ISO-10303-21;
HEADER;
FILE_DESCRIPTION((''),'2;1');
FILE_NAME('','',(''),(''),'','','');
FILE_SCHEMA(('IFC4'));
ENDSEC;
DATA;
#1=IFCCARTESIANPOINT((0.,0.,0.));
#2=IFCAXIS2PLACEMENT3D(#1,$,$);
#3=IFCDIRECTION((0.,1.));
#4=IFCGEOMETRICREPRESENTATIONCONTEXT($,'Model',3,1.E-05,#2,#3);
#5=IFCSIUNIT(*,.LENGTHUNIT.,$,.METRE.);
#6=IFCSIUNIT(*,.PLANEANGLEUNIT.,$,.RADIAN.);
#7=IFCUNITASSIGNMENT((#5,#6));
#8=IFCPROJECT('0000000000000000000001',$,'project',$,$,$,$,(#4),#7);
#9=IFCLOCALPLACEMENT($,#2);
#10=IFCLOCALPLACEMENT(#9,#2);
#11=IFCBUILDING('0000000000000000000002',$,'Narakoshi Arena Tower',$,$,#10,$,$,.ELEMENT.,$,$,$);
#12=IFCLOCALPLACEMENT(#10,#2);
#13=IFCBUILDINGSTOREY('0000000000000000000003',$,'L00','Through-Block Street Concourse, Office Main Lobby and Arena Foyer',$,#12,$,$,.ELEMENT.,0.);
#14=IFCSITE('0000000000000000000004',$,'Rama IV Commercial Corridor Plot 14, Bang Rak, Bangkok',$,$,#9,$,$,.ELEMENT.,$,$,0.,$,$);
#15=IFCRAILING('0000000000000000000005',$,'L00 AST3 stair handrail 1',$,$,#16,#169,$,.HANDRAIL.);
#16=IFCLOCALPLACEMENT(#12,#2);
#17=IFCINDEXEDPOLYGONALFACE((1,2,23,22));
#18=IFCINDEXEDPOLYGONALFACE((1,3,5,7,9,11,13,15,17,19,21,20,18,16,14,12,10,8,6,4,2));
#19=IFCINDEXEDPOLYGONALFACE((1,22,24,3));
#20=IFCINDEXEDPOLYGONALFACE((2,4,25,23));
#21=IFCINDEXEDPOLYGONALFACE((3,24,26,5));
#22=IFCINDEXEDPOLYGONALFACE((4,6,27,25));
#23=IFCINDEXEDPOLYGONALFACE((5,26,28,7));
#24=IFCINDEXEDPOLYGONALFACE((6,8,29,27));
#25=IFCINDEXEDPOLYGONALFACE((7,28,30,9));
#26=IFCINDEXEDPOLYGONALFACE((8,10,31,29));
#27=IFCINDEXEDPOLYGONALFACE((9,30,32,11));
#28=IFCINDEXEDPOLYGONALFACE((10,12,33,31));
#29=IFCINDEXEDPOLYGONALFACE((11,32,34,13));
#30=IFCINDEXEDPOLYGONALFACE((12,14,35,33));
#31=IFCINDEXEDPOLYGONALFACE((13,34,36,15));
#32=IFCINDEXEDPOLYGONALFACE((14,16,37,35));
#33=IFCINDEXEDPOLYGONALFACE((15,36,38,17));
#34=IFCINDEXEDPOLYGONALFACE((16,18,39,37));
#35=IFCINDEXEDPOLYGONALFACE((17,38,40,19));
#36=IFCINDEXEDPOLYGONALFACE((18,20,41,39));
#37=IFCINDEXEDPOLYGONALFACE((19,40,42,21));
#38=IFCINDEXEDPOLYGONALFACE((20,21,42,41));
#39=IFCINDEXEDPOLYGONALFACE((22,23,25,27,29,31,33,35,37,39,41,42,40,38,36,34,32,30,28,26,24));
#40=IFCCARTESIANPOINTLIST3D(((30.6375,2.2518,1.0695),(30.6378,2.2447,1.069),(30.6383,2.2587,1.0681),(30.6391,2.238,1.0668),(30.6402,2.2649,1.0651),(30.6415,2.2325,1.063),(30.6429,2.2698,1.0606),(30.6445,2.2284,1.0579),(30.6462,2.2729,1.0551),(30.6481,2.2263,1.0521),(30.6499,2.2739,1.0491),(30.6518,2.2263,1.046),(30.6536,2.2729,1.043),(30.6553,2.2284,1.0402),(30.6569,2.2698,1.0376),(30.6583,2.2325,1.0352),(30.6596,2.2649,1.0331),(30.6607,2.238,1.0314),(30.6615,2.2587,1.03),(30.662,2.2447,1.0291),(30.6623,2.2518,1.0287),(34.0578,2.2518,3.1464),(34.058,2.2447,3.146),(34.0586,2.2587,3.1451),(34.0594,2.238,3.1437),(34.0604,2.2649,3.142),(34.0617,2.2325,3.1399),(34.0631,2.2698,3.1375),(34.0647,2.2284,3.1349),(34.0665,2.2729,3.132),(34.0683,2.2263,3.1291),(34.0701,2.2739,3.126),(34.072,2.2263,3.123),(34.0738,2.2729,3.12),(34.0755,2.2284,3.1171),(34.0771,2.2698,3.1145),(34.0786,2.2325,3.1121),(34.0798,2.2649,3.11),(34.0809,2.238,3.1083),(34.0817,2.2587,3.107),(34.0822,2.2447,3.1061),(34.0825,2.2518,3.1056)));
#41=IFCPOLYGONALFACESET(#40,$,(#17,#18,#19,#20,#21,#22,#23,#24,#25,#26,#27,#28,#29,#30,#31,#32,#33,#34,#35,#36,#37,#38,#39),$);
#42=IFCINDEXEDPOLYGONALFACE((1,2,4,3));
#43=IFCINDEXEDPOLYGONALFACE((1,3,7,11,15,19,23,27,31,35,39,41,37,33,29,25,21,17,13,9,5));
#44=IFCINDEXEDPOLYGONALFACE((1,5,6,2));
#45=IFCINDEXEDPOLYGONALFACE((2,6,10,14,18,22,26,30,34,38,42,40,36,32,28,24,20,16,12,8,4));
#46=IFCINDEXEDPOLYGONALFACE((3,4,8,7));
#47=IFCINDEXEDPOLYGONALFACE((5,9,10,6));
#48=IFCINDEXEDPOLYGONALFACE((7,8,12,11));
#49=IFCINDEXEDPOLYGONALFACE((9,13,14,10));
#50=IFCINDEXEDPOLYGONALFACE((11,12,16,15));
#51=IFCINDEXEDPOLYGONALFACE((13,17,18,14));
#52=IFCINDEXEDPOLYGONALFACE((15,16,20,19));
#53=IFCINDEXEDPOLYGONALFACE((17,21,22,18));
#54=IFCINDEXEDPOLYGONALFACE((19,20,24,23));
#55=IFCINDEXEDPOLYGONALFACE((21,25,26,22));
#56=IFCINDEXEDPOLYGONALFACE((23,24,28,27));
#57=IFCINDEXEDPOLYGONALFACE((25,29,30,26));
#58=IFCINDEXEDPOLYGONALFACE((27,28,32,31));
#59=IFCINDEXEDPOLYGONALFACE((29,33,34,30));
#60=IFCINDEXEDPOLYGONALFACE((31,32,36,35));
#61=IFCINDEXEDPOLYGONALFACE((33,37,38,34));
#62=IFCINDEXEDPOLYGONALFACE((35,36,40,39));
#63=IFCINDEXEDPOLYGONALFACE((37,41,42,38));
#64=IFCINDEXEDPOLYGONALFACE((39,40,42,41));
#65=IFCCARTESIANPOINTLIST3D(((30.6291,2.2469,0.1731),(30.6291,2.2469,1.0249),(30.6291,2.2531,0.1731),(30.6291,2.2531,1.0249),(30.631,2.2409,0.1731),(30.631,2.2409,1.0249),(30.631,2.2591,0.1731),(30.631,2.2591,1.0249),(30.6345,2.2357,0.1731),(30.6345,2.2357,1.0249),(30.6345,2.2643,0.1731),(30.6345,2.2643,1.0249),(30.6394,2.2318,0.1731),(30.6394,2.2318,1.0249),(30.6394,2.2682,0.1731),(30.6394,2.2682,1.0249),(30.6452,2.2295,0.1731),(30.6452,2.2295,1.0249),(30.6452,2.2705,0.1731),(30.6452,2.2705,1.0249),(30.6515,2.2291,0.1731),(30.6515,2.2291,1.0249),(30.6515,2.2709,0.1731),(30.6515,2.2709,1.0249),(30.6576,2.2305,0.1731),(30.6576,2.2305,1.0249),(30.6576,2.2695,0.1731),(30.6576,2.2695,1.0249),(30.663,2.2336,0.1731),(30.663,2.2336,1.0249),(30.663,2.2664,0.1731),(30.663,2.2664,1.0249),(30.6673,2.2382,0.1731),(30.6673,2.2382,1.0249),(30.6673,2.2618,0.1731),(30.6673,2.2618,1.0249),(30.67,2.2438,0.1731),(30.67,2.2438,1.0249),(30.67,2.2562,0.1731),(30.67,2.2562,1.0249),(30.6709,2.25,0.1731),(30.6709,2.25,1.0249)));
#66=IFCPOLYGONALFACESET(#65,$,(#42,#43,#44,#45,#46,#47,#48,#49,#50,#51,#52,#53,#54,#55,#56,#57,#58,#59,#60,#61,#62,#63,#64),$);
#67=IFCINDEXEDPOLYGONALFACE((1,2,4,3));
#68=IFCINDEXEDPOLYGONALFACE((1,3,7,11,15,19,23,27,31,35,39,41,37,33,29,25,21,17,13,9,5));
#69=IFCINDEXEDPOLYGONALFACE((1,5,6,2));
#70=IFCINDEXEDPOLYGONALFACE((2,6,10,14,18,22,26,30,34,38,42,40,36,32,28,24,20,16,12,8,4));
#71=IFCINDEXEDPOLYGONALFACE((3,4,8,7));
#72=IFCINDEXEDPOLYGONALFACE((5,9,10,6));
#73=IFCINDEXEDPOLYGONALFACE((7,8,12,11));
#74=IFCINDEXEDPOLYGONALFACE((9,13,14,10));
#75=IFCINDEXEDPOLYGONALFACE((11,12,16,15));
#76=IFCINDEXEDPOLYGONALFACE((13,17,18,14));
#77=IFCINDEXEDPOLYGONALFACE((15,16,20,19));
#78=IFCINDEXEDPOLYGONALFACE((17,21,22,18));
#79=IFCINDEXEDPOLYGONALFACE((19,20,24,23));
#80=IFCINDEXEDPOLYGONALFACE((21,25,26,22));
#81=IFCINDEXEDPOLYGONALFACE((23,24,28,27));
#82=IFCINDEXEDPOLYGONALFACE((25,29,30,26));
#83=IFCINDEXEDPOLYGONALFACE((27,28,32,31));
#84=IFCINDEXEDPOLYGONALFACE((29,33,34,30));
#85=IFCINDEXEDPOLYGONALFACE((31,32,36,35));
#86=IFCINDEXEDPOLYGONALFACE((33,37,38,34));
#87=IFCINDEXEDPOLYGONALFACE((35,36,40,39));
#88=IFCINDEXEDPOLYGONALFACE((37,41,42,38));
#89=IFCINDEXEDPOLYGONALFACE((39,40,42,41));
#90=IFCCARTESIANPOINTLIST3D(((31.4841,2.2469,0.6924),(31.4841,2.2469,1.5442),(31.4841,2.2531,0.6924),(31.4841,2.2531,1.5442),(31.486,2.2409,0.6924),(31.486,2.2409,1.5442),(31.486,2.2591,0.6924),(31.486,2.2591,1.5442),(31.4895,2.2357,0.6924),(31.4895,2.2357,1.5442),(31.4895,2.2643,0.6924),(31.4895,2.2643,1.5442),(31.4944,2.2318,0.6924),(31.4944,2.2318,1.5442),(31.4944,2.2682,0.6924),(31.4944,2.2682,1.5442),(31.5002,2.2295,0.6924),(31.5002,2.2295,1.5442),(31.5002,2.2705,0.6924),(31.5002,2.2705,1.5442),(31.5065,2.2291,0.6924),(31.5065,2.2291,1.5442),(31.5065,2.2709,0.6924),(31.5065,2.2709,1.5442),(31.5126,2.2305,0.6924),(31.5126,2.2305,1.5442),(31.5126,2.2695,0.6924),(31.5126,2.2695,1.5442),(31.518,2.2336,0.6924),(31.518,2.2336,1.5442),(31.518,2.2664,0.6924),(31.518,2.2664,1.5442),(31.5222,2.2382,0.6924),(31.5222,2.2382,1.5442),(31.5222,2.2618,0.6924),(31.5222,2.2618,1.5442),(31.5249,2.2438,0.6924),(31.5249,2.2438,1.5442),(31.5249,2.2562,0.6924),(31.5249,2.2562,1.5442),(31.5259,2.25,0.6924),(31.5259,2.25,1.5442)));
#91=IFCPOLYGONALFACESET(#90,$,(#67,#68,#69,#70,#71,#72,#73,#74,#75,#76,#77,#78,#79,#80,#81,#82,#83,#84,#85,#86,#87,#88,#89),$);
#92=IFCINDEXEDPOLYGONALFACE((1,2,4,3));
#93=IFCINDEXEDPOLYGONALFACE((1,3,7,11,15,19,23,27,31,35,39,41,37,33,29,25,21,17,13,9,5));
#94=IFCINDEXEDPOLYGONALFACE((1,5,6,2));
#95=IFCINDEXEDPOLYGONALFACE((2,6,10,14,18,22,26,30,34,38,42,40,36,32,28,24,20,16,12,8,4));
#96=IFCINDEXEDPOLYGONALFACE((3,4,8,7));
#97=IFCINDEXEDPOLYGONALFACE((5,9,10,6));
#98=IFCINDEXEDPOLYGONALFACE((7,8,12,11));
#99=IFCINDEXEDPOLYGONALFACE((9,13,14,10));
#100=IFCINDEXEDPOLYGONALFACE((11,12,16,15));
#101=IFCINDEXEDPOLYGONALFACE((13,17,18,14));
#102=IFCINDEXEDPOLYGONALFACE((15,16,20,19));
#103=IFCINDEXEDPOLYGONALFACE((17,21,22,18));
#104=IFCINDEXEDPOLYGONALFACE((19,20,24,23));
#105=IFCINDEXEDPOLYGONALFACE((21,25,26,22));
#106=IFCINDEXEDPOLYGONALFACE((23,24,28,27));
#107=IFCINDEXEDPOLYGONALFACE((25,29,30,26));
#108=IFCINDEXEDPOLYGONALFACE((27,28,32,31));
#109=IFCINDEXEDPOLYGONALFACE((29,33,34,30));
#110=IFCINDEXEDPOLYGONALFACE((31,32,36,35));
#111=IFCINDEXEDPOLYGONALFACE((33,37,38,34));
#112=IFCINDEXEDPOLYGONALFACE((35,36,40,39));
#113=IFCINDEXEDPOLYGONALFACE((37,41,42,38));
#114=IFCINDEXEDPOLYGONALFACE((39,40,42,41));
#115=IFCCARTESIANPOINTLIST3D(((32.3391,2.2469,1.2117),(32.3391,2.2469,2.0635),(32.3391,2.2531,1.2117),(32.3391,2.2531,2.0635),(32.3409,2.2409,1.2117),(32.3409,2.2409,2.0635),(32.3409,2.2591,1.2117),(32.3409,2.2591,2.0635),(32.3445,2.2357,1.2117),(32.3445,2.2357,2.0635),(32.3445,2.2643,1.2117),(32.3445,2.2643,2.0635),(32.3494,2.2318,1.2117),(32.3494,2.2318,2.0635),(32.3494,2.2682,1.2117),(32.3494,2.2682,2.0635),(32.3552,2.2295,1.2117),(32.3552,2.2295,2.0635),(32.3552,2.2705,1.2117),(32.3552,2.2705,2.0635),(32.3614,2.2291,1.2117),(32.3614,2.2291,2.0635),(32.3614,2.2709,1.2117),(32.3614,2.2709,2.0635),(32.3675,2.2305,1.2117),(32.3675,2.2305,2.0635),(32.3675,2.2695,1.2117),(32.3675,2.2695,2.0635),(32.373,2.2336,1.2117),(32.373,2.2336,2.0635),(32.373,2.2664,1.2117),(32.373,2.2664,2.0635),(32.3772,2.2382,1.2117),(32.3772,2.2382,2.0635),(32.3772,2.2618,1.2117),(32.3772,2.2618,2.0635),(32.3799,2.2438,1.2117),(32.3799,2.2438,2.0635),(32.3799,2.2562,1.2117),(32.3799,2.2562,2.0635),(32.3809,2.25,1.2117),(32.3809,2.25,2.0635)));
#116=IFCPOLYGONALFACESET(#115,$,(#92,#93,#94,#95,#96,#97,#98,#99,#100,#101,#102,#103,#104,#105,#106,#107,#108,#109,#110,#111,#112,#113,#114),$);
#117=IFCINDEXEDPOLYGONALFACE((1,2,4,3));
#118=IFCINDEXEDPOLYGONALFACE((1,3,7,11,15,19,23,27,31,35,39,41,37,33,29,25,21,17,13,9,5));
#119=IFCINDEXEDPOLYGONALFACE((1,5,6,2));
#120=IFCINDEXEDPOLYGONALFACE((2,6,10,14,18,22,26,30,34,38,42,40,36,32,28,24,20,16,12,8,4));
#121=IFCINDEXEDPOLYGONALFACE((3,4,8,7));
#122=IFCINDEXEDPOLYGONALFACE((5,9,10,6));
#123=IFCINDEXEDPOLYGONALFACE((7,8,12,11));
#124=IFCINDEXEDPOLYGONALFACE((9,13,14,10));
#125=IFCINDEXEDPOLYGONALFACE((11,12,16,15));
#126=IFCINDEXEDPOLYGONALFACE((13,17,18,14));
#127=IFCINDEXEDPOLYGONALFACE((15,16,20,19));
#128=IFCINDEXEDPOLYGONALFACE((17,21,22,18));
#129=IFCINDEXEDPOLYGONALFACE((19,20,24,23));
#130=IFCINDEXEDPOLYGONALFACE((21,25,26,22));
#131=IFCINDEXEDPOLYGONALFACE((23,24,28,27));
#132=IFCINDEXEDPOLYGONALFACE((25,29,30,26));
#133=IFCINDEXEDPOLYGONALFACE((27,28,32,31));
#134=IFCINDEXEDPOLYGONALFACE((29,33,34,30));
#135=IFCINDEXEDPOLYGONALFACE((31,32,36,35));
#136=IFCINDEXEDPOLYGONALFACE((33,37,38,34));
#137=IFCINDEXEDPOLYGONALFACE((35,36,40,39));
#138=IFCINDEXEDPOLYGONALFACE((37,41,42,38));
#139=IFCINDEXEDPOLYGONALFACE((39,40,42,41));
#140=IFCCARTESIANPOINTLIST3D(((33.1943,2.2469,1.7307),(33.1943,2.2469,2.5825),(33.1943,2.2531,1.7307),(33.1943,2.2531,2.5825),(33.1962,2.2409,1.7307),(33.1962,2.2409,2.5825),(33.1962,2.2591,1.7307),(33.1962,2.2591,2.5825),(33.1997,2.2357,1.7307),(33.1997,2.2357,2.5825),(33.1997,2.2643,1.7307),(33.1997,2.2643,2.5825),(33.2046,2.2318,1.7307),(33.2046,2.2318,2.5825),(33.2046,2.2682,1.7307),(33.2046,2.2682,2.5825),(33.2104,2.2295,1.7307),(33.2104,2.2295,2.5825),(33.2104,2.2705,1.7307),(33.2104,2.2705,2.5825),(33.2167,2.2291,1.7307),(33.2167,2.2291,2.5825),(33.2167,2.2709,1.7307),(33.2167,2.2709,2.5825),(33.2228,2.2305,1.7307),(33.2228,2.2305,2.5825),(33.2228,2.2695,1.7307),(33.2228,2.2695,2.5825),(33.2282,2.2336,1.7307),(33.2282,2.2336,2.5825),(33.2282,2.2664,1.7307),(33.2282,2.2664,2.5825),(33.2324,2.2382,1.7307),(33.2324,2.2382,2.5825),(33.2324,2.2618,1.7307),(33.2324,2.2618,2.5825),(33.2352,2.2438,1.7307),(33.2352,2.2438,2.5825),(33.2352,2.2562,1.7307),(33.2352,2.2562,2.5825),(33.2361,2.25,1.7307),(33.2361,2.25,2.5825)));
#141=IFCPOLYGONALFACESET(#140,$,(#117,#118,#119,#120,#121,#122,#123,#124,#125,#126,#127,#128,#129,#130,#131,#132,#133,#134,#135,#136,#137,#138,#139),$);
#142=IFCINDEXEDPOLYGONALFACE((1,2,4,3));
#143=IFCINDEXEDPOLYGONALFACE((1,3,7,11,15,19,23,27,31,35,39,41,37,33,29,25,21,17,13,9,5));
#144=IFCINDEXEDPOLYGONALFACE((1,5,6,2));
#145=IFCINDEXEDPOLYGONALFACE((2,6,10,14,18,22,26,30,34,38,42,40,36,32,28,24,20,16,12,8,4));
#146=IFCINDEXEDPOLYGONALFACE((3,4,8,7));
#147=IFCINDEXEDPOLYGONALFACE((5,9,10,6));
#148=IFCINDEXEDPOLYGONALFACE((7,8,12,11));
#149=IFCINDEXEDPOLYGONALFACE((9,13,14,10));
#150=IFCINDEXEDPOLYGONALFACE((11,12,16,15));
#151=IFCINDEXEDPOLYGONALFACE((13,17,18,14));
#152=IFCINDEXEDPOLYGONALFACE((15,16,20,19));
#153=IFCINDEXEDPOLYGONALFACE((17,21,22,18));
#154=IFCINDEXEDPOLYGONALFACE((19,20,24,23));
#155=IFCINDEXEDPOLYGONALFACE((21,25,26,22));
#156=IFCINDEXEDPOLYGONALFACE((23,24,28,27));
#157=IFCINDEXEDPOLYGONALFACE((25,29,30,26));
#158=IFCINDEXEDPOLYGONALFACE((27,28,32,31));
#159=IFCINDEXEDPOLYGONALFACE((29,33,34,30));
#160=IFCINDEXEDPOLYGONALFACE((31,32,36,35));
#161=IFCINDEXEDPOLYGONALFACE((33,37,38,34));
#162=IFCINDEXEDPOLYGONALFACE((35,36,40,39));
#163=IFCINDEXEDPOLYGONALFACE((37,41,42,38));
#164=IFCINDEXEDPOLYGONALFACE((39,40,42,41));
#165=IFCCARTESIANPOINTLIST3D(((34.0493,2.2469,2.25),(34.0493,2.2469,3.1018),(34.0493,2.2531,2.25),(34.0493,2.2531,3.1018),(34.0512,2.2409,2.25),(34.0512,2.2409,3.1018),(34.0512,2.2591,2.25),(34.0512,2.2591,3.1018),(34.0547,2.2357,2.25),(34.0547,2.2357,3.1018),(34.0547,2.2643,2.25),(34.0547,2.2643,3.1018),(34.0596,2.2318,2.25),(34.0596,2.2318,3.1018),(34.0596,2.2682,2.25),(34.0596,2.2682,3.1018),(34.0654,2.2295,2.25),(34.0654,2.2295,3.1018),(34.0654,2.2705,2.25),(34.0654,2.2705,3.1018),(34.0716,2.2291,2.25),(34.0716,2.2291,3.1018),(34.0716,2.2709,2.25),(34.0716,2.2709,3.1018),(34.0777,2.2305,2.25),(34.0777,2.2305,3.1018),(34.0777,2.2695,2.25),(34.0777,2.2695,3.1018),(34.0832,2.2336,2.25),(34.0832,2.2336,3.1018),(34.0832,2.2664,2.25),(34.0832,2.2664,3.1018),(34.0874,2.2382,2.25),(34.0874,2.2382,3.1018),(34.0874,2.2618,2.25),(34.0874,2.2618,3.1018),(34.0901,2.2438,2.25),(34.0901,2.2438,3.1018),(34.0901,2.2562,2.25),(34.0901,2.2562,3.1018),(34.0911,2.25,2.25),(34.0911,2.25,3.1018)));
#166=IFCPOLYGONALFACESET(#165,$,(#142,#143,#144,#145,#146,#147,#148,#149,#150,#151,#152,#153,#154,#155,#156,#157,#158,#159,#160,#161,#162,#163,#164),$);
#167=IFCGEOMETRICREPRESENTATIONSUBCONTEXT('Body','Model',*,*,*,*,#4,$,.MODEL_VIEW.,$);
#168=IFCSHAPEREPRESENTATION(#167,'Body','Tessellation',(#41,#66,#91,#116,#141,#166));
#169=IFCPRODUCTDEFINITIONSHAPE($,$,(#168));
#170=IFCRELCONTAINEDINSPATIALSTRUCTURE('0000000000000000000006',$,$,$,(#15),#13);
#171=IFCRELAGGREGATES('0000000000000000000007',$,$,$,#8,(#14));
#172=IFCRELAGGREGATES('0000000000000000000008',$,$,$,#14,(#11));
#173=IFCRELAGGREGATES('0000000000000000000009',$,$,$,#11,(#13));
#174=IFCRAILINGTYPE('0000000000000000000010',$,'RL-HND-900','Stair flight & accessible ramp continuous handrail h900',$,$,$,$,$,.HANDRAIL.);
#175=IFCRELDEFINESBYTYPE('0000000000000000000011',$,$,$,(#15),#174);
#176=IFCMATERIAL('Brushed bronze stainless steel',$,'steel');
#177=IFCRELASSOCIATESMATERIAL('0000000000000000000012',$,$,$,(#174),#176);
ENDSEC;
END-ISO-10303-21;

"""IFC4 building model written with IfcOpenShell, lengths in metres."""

from ifc_helpers import new_model, si_unit, direction, frame, origin, origin_2d, place, context, subcontext, project, spatial, circle, extrude, material, type_object, element, save


model = new_model("IFC4")

# Units and contexts
model_context = context("Model", 3, precision=1e-05, world=origin(), true_north=direction((0.0, 1.0)))
body_context = subcontext(model_context, "Body", "Model", "MODEL_VIEW")
ifc_project = project(units=[si_unit("LENGTHUNIT", "METRE"), si_unit("PLANEANGLEUNIT", "RADIAN")], contexts=[model_context])

# Site, building, storey
site_placement = place(None, origin())
site = spatial("IfcSite", under=ifc_project, at=site_placement, Name="Rama IV Commercial Corridor Plot 14, Bang Rak, Bangkok", CompositionType="ELEMENT", RefElevation=0.0)
building_placement = place(site_placement, origin())
building = spatial("IfcBuilding", under=site, at=building_placement, Name="Narakoshi Arena Tower", CompositionType="ELEMENT")
storey_placement = place(building_placement, origin())
storey = spatial("IfcBuildingStorey", under=building, at=storey_placement, Name="L00", Description="Through-Block Street Concourse, Office Main Lobby and Arena Foyer", CompositionType="ELEMENT", Elevation=0.0)

# Railing
ifc_material_1 = material(Name="Brushed bronze stainless steel", Category="steel")
railing_type = type_object("IfcRailingType", Name="RL-HND-900", Description="Stair flight & accessible ramp continuous handrail h900", PredefinedType="HANDRAIL", material=ifc_material_1)
for number, where, name in (
    (1, (30.6499, 2.25, 0.1731), "L00 AST3 stair handrail 1"),
):
    element("IfcRailing", number, at=place(storey_placement, frame(where)), inside=storey, type_object=railing_type, Name=name, PredefinedType="HANDRAIL", context=body_context, shape_type="SweptSolid", body=[
        extrude(circle(Radius=0.0239, at=origin_2d()), frame((0.0, 0.0, 0.876), z_axis=(0.854746, 0.0, 0.519047), x_axis=(0.0, 1.0, 0.0)), (0.0, 0.0, 1.0), 4.0015),
        extrude(circle(Radius=0.021, at=origin_2d()), origin(), (0.0, 0.0, 1.0), 0.8518),
        extrude(circle(Radius=0.021, at=origin_2d()), frame((0.855, 0.0, 0.5193)), (0.0, 0.0, 1.0), 0.8518),
        extrude(circle(Radius=0.021, at=origin_2d()), frame((1.71, 0.0, 1.0386)), (0.0, 0.0, 1.0), 0.8518),
        extrude(circle(Radius=0.021, at=origin_2d()), frame((2.5652, 0.0, 1.5576)), (0.0, 0.0, 1.0), 0.8518),
        extrude(circle(Radius=0.021, at=origin_2d()), frame((3.4202, 0.0, 2.0769)), (0.0, 0.0, 1.0), 0.8518),
    ])

save(model, "model.ifc")
